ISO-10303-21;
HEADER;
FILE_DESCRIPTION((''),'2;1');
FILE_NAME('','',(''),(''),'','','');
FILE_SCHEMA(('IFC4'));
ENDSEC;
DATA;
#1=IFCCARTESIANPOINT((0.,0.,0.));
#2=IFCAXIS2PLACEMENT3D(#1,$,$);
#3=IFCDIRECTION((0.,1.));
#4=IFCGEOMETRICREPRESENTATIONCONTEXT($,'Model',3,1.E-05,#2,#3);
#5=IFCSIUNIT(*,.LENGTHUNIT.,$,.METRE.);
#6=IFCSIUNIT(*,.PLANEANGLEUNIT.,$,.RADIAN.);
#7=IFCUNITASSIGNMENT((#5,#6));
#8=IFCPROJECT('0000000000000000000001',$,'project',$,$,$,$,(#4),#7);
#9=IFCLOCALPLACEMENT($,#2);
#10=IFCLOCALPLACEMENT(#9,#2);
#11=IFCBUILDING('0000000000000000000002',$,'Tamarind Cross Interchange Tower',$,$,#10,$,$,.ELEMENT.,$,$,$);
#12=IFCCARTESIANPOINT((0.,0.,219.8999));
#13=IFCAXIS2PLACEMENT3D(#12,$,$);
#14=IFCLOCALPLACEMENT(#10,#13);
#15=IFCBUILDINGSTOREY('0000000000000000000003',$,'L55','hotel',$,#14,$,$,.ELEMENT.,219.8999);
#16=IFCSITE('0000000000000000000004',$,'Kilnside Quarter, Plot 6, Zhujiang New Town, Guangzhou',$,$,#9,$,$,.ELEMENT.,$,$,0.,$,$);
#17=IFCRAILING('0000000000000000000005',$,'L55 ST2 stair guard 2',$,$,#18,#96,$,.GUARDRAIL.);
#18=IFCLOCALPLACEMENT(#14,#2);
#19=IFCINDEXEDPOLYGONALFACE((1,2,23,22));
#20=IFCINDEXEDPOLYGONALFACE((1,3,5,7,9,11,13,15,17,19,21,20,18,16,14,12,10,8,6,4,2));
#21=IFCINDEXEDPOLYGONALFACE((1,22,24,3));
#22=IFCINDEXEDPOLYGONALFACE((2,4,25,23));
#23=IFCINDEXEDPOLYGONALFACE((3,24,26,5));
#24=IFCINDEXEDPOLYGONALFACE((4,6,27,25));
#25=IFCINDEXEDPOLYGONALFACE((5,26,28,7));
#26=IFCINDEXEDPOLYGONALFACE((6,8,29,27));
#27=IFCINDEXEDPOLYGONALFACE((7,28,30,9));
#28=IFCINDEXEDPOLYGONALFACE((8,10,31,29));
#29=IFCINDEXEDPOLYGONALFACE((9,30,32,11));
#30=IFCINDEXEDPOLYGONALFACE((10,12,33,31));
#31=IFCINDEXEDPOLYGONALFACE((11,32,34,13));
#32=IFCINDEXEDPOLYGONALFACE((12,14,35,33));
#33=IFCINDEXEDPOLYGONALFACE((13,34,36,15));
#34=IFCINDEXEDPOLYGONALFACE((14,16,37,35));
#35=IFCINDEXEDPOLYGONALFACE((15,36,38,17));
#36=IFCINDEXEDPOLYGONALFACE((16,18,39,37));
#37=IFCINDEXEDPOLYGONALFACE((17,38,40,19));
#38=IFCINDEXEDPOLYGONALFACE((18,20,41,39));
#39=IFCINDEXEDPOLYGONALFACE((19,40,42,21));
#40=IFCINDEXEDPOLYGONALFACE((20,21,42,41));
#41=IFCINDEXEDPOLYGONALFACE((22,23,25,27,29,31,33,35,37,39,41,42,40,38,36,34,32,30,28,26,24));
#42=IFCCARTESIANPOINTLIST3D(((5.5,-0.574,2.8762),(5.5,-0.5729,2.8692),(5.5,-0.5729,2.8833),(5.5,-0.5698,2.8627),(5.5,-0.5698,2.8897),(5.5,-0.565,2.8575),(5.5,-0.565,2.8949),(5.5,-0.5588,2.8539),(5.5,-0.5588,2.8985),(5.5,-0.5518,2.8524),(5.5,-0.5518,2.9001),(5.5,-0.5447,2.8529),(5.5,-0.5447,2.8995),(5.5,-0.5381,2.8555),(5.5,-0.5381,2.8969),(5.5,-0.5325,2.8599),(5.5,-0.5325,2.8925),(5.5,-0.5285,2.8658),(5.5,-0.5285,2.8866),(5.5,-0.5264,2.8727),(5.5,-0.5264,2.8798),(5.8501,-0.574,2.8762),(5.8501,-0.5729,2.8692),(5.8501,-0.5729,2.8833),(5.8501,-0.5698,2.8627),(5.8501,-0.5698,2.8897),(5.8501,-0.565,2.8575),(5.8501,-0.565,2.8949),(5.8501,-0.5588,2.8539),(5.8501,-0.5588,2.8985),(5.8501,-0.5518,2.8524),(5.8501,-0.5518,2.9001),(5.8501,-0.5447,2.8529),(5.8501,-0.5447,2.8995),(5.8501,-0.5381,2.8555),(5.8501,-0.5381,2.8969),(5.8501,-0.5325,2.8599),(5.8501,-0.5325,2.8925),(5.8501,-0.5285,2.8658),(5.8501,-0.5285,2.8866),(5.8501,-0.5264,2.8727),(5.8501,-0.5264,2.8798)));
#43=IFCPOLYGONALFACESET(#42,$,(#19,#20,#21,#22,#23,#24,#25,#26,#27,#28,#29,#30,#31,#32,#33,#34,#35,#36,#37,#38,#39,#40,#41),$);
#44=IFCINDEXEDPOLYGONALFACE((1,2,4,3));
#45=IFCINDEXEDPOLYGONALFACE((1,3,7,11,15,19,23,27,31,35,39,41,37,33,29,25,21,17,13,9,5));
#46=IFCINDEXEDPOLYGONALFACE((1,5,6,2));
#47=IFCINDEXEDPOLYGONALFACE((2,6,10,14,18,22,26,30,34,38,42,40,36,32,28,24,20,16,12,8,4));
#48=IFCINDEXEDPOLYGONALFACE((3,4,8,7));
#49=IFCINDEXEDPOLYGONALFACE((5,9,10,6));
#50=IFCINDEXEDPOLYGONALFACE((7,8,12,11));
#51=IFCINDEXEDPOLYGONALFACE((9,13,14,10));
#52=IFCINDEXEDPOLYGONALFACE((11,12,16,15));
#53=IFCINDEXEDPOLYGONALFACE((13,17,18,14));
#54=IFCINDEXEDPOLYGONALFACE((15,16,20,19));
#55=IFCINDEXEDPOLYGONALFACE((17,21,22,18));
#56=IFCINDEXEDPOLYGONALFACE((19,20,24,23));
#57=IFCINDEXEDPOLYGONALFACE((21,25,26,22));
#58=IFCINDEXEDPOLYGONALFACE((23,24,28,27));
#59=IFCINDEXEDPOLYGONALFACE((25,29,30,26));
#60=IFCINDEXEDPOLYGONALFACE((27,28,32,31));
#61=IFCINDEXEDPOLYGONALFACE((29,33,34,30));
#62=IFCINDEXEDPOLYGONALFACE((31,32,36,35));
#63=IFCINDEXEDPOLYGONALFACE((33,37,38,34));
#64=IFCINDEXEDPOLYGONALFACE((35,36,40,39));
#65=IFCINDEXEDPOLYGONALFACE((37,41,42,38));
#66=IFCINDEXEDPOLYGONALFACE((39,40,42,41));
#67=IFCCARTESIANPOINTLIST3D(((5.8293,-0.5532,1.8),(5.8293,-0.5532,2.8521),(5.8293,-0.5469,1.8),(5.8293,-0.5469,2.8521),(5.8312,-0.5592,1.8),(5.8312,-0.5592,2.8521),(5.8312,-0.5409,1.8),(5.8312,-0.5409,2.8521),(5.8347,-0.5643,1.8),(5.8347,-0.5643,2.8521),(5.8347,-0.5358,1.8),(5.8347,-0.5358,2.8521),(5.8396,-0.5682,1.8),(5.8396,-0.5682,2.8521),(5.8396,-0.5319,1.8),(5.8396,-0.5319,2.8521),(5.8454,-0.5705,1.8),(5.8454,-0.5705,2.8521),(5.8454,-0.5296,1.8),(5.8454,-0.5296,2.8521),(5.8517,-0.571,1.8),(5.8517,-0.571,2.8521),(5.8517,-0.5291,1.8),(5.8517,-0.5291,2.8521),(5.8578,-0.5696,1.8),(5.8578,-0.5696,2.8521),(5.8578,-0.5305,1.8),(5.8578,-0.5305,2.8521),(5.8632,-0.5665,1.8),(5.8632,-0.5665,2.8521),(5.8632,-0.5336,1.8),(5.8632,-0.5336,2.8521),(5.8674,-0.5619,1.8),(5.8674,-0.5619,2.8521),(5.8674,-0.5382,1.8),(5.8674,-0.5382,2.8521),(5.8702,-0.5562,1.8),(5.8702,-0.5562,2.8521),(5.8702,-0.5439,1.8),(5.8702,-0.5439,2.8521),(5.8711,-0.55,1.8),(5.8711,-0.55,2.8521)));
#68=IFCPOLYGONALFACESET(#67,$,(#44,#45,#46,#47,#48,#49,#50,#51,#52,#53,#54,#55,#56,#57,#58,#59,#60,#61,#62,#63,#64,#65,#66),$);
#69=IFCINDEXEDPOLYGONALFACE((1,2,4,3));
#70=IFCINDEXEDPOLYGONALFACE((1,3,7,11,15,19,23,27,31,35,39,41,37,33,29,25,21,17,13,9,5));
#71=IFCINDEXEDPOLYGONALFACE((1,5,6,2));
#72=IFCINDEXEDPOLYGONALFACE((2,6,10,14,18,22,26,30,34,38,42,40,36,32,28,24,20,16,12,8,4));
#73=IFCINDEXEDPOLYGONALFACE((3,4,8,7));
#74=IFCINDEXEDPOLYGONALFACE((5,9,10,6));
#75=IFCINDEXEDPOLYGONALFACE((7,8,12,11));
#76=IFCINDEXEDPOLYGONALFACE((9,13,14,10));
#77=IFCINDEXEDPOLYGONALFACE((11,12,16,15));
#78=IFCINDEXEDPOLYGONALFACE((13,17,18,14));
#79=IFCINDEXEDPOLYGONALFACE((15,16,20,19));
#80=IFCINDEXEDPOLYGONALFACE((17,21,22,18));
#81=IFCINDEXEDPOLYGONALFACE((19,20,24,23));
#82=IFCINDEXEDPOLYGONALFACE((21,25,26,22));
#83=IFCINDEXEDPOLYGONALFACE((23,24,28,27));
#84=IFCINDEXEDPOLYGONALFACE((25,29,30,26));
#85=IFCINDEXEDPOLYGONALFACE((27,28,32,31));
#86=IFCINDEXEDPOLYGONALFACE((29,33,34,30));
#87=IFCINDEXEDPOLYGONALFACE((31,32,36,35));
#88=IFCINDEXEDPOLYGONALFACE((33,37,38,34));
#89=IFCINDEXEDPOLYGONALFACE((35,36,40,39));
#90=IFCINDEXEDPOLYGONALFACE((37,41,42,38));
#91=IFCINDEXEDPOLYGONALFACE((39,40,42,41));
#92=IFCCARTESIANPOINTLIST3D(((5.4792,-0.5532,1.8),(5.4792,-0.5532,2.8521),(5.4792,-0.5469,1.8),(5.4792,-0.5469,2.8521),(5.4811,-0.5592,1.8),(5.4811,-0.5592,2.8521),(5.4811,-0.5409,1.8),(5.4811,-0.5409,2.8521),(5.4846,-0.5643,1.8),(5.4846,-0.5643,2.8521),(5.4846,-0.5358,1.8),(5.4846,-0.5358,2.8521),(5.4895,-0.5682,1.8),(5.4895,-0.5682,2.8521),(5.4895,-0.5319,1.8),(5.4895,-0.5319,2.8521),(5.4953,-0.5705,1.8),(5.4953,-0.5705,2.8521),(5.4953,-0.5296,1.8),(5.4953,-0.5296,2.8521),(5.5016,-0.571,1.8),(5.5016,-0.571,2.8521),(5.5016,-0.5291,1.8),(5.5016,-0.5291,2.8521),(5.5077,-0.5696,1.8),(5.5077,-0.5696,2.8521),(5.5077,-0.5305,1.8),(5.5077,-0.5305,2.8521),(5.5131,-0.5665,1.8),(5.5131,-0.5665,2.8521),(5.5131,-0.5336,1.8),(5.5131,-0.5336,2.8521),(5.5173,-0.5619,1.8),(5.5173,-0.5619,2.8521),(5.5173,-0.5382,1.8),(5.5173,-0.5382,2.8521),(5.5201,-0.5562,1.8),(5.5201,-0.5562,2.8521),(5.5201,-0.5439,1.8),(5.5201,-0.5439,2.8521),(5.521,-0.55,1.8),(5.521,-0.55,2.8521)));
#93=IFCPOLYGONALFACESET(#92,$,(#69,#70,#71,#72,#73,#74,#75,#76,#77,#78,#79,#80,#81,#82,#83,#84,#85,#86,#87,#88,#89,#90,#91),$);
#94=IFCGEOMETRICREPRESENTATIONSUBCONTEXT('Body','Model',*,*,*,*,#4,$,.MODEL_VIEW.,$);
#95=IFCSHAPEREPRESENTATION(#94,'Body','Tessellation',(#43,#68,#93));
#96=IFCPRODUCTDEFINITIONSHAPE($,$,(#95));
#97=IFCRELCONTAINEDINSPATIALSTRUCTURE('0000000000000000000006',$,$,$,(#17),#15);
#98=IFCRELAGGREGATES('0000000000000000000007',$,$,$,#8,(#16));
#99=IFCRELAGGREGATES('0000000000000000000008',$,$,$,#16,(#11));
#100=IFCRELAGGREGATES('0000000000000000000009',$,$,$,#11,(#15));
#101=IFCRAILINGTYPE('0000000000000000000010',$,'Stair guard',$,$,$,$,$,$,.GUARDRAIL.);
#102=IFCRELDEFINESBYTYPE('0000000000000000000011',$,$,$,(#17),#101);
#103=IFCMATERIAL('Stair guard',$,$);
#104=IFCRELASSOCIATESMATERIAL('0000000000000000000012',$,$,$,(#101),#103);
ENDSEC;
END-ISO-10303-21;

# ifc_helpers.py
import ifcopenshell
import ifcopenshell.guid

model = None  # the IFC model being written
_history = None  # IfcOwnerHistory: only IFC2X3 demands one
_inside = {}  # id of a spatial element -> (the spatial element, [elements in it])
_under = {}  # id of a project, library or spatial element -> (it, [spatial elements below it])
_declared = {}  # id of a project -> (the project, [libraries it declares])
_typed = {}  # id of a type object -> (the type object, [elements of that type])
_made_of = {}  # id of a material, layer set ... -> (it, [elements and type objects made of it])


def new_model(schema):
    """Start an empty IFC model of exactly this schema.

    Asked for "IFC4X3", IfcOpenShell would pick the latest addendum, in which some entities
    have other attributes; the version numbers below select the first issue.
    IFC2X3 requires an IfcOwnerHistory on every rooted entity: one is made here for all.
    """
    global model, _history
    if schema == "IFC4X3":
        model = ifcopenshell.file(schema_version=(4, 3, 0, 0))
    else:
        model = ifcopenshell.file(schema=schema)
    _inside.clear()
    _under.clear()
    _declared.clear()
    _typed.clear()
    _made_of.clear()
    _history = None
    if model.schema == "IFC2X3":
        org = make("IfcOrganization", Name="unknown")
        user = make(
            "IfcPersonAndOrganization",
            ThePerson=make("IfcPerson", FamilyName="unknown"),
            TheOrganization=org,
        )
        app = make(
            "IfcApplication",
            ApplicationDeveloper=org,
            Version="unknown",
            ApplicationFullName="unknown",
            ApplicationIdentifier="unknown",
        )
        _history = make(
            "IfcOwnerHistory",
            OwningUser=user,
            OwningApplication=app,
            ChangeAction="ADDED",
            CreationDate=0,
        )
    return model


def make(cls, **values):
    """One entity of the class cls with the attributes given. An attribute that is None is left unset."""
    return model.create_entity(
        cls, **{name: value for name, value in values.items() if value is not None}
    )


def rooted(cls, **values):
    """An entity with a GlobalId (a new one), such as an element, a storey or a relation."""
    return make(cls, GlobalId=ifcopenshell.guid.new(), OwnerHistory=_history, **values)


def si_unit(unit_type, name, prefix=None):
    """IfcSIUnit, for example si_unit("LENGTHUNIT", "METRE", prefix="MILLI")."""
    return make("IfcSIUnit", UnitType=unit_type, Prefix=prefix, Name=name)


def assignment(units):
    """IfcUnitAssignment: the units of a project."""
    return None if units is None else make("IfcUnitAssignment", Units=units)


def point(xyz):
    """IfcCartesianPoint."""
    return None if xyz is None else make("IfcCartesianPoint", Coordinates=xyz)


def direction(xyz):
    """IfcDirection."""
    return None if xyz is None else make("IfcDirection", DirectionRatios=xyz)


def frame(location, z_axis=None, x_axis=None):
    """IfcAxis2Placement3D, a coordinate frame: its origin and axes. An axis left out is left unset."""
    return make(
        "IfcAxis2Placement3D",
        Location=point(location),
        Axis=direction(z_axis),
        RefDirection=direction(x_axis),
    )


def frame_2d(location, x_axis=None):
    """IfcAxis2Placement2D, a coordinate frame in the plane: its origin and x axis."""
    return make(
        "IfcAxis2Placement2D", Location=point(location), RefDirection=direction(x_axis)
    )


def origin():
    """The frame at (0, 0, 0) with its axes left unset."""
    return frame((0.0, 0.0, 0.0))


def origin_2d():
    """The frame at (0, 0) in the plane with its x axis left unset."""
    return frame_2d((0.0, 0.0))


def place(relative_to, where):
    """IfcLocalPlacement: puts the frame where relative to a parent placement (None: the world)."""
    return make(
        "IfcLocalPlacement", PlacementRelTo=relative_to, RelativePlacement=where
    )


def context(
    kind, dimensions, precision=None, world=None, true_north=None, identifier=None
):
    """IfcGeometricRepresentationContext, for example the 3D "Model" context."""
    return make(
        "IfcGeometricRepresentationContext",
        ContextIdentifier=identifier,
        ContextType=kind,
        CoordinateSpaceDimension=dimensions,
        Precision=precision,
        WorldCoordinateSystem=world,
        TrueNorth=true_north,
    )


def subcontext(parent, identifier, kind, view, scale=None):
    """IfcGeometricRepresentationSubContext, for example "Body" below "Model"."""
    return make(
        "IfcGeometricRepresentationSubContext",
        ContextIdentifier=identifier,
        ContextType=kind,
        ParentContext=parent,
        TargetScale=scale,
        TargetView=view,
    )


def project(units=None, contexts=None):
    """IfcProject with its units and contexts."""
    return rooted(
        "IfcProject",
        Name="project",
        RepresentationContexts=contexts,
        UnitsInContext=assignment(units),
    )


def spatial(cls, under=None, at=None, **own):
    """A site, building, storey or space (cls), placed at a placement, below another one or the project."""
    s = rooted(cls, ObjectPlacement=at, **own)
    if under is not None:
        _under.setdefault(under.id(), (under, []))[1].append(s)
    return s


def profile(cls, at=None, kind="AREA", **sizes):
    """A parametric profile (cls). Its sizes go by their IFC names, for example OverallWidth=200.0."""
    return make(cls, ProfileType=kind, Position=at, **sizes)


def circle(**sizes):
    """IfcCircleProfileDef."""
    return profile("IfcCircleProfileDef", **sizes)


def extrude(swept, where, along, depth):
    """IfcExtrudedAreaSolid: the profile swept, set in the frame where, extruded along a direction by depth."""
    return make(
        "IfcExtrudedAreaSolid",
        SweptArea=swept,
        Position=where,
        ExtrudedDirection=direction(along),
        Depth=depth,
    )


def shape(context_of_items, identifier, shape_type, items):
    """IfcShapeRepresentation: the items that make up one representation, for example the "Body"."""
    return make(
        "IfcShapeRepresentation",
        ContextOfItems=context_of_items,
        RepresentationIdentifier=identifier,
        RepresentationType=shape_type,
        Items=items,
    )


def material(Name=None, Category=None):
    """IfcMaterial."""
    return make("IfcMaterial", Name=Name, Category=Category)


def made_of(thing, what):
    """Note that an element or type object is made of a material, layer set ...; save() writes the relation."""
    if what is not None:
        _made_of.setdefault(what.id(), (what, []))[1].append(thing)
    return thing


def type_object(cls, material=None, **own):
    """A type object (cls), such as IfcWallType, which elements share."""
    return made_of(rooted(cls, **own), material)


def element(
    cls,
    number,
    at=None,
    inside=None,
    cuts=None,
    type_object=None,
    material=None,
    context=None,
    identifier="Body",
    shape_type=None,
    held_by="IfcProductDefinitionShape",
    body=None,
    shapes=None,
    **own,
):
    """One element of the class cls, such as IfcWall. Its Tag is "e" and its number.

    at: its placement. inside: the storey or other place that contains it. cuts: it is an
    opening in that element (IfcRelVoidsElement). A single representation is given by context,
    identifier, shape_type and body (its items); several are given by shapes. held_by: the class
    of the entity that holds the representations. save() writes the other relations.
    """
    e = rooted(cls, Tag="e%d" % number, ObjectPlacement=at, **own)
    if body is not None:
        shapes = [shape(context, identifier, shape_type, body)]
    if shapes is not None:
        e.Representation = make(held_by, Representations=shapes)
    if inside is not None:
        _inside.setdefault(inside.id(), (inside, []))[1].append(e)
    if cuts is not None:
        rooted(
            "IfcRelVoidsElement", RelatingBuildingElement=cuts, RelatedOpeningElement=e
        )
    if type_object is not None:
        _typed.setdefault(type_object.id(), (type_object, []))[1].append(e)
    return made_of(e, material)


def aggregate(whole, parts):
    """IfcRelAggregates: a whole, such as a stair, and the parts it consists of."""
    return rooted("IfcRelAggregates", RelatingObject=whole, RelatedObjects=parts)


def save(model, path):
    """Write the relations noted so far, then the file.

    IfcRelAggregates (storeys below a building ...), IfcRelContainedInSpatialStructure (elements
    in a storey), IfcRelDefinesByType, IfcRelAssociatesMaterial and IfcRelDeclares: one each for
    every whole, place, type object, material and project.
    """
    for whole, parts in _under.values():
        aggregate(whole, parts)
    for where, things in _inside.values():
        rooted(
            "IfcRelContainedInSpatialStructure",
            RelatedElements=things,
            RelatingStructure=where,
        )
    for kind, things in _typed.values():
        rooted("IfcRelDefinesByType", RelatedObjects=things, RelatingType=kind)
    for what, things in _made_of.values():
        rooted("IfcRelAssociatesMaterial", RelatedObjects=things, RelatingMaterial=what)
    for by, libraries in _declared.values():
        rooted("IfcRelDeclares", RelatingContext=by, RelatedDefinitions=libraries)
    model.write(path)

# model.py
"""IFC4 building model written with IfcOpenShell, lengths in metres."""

from ifc_helpers import new_model, si_unit, direction, frame, origin, origin_2d, place, context, subcontext, project, spatial, circle, extrude, material, type_object, element, save


model = new_model("IFC4")

# Units and contexts
model_context = context("Model", 3, precision=1e-05, world=origin(), true_north=direction((0.0, 1.0)))
body_context = subcontext(model_context, "Body", "Model", "MODEL_VIEW")
ifc_project = project(units=[si_unit("LENGTHUNIT", "METRE"), si_unit("PLANEANGLEUNIT", "RADIAN")], contexts=[model_context])

# Site, building, storey
site_placement = place(None, origin())
site = spatial("IfcSite", under=ifc_project, at=site_placement, Name="Kilnside Quarter, Plot 6, Zhujiang New Town, Guangzhou", CompositionType="ELEMENT", RefElevation=0.0)
building_placement = place(site_placement, origin())
building = spatial("IfcBuilding", under=site, at=building_placement, Name="Tamarind Cross Interchange Tower", CompositionType="ELEMENT")
storey_placement = place(building_placement, frame((0.0, 0.0, 219.8999)))
storey = spatial("IfcBuildingStorey", under=building, at=storey_placement, Name="L55", Description="hotel", CompositionType="ELEMENT", Elevation=219.8999)

# Railing
ifc_material_1 = material(Name="Stair guard")
railing_type_1 = type_object("IfcRailingType", Name="Stair guard", PredefinedType="GUARDRAIL", material=ifc_material_1)
railing_1_placement = place(storey_placement, frame((5.8501, -0.55, 1.8)))
element("IfcRailing", 1, at=railing_1_placement, inside=storey, type_object=railing_type_1, Name="L55 ST2 stair guard 2", PredefinedType="GUARDRAIL", context=body_context, shape_type="SweptSolid", body=[
    extrude(circle(Radius=0.0239, at=origin_2d()), frame((0.0, 0.0, 1.0762), z_axis=(-1.0, 0.0, 0.0), x_axis=(0.0, -1.0, 0.0)), (0.0, 0.0, 1.0), 0.3501),
    extrude(circle(Radius=0.021, at=origin_2d()), origin(), (0.0, 0.0, 1.0), 1.052),
    extrude(circle(Radius=0.021, at=origin_2d()), frame((-0.3501, 0.0, 0.0)), (0.0, 0.0, 1.0), 1.052),
])

save(model, "model.ifc")
